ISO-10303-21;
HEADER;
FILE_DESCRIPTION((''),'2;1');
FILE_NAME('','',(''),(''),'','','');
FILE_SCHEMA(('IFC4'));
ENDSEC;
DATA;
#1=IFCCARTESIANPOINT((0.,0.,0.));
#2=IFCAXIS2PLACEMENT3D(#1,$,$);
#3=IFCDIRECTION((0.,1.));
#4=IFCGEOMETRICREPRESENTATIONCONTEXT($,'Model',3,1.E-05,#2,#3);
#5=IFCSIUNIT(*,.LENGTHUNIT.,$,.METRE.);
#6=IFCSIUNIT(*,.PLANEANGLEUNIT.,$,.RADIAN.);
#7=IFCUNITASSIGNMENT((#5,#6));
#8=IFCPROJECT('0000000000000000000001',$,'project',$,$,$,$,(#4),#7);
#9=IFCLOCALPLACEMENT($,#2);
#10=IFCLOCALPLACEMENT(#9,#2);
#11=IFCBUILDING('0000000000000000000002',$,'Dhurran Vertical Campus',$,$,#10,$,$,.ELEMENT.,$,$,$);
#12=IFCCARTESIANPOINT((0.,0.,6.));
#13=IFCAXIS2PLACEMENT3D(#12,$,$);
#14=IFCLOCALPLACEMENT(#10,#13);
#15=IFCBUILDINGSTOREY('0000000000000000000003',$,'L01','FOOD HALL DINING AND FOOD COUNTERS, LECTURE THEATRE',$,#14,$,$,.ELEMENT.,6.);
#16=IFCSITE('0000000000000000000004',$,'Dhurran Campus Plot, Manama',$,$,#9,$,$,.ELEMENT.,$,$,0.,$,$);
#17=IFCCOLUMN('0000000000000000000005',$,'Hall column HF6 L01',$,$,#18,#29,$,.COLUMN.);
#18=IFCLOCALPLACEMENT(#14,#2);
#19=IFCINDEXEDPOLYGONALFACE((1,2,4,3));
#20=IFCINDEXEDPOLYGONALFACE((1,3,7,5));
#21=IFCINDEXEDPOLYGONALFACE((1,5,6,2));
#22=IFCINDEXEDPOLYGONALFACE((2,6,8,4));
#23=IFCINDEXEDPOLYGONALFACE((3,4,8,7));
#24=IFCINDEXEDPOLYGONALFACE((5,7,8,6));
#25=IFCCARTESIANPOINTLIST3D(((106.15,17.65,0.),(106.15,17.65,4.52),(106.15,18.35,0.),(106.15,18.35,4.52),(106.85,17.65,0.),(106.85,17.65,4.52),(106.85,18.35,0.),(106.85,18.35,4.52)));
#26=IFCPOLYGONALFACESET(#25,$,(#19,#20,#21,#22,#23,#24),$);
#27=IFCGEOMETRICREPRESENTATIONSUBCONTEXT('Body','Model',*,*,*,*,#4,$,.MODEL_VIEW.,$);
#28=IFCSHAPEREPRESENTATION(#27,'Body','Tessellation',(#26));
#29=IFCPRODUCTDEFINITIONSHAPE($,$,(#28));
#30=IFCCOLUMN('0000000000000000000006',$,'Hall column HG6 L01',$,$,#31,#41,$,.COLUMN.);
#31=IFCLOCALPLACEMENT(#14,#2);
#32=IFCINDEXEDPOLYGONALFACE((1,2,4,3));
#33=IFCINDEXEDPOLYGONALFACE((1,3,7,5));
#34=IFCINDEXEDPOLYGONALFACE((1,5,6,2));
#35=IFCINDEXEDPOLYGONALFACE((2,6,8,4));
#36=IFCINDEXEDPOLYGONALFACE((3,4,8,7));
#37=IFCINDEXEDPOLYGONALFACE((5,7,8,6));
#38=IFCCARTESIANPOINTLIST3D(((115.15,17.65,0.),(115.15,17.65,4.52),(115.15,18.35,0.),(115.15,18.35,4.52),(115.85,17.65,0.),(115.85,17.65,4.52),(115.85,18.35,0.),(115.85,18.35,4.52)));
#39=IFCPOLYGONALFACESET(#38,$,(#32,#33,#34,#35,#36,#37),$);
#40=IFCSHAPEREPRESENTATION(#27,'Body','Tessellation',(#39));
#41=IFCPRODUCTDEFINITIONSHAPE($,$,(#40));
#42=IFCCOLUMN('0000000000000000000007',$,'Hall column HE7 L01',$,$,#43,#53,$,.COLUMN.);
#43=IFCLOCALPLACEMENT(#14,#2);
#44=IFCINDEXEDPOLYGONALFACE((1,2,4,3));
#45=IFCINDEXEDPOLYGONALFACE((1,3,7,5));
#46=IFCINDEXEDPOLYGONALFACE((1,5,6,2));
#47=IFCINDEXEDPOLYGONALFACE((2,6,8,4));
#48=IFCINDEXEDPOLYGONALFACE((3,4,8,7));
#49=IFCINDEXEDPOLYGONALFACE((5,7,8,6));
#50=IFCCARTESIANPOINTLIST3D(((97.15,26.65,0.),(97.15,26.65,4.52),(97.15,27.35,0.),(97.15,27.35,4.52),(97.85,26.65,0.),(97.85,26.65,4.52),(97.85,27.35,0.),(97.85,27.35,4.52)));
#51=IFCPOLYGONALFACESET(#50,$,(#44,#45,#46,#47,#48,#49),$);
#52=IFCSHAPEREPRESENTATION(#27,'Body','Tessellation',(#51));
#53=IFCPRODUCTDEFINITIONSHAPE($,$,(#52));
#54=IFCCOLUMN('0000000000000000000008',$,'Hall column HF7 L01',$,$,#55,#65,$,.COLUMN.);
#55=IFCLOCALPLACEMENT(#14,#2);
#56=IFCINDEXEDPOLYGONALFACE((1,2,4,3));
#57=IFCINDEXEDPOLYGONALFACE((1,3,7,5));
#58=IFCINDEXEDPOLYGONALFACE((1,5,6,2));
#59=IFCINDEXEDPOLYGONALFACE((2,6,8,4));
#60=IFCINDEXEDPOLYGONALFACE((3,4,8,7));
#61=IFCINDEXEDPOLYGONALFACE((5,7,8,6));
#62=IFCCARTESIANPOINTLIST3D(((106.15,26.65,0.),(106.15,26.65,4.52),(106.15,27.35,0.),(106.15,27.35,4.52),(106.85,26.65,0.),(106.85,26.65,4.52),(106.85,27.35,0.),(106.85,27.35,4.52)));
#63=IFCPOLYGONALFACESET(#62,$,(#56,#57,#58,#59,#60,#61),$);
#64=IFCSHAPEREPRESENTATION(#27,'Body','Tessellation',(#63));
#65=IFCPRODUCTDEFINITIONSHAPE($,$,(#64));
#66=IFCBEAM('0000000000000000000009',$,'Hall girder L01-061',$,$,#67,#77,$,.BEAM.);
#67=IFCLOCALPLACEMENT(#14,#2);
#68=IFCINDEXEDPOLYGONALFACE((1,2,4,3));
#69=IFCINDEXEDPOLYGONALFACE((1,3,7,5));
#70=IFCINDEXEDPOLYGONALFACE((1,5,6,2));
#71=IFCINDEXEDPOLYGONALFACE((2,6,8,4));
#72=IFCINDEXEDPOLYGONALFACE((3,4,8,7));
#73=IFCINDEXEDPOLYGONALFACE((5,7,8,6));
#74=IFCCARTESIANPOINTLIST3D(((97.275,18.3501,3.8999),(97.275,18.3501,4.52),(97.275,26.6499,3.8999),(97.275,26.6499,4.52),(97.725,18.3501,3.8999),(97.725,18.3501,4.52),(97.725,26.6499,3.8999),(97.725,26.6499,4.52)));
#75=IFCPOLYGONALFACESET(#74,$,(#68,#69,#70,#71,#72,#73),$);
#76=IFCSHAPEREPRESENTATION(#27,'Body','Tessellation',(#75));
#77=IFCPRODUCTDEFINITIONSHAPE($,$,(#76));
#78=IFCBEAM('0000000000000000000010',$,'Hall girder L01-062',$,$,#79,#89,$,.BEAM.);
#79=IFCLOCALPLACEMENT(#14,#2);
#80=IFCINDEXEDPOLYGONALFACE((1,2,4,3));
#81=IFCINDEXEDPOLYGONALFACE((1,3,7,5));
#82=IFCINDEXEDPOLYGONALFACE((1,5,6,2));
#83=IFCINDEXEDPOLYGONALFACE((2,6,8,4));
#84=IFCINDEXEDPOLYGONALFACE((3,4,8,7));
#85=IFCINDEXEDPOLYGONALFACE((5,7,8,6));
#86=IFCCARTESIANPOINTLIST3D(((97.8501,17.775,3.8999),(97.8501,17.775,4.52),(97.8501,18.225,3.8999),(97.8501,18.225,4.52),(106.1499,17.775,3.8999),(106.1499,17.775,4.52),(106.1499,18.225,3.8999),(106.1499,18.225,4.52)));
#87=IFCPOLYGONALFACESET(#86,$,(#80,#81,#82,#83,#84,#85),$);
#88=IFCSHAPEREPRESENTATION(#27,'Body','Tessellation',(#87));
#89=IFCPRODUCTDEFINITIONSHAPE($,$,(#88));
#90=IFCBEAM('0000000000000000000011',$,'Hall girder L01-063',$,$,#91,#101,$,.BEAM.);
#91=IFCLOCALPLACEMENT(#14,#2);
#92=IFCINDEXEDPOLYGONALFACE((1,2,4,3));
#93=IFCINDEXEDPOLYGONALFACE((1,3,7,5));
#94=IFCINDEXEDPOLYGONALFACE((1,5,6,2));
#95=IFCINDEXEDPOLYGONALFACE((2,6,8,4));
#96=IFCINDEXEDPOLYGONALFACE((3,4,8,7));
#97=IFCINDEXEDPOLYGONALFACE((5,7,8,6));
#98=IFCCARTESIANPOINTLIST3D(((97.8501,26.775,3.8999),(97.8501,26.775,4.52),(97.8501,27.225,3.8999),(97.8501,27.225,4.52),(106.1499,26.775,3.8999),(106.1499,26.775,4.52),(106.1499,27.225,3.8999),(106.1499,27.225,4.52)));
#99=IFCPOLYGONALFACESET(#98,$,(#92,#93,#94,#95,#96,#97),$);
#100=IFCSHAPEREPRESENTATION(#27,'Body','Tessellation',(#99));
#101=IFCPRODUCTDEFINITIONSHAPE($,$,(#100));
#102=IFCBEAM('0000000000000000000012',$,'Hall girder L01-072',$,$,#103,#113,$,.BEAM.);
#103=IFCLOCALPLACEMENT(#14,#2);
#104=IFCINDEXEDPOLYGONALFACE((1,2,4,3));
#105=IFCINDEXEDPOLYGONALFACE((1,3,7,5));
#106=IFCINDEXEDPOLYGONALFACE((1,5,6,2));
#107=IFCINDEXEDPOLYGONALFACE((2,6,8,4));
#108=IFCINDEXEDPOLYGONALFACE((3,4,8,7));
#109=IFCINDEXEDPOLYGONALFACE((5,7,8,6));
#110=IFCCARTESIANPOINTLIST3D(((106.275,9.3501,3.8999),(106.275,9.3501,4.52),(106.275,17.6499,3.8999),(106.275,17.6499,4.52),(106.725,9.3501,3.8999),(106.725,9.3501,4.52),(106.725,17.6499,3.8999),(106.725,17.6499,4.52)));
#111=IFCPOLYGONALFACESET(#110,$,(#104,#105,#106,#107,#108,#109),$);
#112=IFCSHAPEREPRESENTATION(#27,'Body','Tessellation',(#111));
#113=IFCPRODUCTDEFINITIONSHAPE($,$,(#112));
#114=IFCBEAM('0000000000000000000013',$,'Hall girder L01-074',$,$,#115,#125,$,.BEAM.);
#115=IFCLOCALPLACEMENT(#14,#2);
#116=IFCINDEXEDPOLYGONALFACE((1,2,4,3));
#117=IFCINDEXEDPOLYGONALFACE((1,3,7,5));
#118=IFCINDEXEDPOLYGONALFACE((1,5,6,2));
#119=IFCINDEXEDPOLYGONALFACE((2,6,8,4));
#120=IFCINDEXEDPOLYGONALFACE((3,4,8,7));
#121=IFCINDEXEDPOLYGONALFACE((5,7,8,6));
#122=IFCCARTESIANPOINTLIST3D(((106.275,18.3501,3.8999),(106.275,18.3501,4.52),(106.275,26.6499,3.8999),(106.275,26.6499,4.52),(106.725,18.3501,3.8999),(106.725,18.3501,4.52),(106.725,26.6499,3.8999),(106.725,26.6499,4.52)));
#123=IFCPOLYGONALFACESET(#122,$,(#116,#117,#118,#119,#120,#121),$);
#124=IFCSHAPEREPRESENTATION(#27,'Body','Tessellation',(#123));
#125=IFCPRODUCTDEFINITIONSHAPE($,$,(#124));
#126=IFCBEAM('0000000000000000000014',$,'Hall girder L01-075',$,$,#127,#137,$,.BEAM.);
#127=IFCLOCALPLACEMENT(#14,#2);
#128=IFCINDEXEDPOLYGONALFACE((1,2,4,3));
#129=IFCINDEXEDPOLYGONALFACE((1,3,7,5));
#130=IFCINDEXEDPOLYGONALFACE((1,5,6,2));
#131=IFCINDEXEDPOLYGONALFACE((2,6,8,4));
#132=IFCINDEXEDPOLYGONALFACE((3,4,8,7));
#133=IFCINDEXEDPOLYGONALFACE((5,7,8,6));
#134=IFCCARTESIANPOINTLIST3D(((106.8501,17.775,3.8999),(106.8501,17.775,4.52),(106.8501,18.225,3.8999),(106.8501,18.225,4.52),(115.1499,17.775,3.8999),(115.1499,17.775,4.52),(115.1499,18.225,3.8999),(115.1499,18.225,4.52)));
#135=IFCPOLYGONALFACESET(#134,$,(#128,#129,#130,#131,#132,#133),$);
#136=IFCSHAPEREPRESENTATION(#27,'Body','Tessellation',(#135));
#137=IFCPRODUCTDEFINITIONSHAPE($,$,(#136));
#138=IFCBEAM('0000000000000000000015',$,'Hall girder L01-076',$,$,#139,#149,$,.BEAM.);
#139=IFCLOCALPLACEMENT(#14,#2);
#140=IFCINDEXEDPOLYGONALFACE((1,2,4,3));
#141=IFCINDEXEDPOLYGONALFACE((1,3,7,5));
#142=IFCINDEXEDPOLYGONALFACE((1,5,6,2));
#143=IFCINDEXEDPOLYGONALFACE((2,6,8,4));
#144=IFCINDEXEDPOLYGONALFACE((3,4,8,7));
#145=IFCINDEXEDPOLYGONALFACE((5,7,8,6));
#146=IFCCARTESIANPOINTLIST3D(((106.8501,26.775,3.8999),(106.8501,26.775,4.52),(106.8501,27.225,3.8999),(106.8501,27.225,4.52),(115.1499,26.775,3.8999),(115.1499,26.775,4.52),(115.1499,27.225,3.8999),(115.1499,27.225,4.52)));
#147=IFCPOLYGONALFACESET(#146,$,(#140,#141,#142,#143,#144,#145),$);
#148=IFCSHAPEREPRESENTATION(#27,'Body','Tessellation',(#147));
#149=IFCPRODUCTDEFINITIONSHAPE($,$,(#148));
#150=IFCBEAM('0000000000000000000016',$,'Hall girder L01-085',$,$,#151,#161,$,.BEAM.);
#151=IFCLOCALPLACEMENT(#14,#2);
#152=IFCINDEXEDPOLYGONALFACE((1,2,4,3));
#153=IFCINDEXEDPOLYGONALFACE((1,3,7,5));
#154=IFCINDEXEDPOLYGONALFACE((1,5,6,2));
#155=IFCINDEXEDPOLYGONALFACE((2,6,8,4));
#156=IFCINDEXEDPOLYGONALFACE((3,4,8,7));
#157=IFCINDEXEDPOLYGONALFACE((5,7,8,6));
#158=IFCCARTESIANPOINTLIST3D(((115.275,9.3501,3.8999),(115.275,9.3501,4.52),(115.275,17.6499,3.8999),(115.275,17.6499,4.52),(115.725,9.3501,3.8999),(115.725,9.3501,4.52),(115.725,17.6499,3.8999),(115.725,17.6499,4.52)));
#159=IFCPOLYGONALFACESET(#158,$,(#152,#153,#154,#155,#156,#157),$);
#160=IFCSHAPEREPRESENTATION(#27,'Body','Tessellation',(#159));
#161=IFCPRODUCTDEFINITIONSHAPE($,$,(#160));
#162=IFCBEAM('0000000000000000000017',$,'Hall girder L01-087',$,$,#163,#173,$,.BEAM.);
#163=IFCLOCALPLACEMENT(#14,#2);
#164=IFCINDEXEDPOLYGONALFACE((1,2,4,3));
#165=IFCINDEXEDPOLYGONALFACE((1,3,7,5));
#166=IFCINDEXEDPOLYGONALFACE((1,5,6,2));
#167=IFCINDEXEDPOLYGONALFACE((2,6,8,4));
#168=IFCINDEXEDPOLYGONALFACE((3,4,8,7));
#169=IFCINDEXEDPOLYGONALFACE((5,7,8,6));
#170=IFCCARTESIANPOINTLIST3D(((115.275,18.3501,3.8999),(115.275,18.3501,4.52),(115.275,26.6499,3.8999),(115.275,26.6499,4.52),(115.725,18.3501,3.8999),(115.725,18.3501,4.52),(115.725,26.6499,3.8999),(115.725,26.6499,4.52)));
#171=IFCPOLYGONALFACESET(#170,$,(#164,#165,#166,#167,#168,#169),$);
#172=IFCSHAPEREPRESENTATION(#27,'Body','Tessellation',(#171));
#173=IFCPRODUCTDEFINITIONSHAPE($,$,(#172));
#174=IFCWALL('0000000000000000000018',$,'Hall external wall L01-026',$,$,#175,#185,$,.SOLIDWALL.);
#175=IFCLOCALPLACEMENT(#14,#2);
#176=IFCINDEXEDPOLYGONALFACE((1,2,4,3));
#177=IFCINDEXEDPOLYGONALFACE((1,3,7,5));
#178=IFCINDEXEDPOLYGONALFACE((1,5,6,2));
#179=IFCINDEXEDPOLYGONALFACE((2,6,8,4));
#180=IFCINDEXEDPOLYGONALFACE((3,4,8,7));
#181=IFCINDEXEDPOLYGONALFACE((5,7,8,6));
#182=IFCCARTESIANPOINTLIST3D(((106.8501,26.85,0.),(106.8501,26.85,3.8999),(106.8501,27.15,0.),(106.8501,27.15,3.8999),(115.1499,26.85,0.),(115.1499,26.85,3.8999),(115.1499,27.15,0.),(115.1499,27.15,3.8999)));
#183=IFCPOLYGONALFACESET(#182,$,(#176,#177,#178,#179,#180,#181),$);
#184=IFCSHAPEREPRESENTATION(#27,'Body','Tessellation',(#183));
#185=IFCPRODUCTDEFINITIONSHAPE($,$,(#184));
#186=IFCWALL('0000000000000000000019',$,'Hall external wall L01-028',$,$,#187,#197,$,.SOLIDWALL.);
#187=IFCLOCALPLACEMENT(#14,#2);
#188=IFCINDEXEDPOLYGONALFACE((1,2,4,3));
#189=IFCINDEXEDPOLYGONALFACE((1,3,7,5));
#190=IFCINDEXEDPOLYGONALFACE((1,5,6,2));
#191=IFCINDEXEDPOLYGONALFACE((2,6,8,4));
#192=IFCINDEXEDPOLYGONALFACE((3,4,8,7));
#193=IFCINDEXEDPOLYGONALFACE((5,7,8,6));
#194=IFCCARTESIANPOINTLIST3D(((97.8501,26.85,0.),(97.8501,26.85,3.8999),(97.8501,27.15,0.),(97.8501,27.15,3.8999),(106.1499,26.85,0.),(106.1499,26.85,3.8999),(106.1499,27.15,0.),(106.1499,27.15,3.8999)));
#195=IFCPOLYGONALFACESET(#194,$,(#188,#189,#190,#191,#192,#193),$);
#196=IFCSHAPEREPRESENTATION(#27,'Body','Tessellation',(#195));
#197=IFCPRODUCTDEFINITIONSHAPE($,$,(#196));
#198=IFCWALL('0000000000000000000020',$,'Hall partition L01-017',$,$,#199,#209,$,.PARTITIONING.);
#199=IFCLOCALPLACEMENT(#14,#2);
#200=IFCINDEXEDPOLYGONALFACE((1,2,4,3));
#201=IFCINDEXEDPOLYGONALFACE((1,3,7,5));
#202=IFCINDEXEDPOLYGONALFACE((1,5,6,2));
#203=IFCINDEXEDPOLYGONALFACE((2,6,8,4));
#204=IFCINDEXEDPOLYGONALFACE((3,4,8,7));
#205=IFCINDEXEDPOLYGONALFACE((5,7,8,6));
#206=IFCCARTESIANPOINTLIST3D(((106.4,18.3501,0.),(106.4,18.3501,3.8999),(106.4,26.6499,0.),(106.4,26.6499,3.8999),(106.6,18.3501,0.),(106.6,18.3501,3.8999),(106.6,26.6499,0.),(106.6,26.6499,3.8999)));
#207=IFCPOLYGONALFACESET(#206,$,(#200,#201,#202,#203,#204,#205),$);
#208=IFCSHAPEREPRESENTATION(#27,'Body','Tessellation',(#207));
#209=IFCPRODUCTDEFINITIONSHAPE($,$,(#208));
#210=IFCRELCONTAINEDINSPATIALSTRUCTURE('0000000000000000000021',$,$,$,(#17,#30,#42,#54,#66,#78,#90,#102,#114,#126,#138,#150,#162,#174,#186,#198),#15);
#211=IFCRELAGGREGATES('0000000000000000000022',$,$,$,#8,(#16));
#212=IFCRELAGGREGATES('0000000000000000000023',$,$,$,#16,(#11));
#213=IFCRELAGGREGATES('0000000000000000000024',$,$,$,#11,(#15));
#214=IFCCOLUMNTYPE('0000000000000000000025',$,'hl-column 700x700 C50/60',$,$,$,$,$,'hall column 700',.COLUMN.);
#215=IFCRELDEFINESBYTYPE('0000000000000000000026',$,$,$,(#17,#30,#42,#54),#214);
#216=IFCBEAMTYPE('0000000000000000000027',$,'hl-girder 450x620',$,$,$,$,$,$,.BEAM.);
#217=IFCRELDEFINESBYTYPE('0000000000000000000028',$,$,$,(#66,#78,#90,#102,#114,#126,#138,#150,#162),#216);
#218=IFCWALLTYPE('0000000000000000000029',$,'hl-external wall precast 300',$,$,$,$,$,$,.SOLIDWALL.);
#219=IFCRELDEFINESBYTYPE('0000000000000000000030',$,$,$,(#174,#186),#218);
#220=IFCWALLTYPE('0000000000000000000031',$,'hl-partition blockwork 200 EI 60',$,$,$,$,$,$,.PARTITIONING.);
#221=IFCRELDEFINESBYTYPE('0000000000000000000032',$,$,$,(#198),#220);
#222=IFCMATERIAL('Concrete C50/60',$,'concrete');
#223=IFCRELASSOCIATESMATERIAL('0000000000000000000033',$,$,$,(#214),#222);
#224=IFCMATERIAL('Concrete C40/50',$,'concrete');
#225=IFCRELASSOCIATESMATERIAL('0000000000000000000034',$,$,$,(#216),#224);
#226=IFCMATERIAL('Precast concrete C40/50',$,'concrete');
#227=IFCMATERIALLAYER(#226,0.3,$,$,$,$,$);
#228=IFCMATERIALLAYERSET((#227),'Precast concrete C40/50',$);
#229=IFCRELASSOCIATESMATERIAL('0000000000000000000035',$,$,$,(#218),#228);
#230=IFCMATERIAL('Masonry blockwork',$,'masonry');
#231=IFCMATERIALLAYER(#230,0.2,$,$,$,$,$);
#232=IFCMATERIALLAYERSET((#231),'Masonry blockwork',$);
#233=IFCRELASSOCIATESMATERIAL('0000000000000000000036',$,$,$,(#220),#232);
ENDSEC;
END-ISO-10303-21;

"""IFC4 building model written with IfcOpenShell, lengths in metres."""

from ifc_helpers import new_model, si_unit, direction, frame, frame_2d, origin, origin_2d, place, context, subcontext, project, spatial, rectangle, extrude, material, layer, layer_set, material_profile, profile_set, type_object, element, save


model = new_model("IFC4")

# Units and contexts
model_context = context("Model", 3, precision=1e-05, world=origin(), true_north=direction((0.0, 1.0)))
body_context = subcontext(model_context, "Body", "Model", "MODEL_VIEW")
ifc_project = project(units=[si_unit("LENGTHUNIT", "METRE"), si_unit("PLANEANGLEUNIT", "RADIAN")], contexts=[model_context])

# Site, building, storey
site_placement = place(None, origin())
site = spatial("IfcSite", under=ifc_project, at=site_placement, Name="Dhurran Campus Plot, Manama", CompositionType="ELEMENT", RefElevation=0.0)
building_placement = place(site_placement, origin())
building = spatial("IfcBuilding", under=site, at=building_placement, Name="Dhurran Vertical Campus", CompositionType="ELEMENT")
storey_placement = place(building_placement, frame((0.0, 0.0, 6.0)))
storey = spatial("IfcBuildingStorey", under=building, at=storey_placement, Name="L01", Description="FOOD HALL DINING AND FOOD COUNTERS, LECTURE THEATRE", CompositionType="ELEMENT", Elevation=6.0)

# Columns
ifc_material_1 = material(Name="Concrete C50/60", Category="concrete")
ifc_material_profile_1 = material_profile(ifc_material_1, rectangle(XDim=0.7, YDim=0.7, at=origin_2d()), Name="hl-column 700x700 C50/60")
ifc_profile_set_1 = profile_set([ifc_material_profile_1], Name="Concrete C50/60")
column_type = type_object("IfcColumnType", Name="hl-column 700x700 C50/60", ElementType="hall column 700", PredefinedType="COLUMN", material=ifc_profile_set_1)
for number, where, z_axis, x_axis, name in (
    (1, (106.5, 18.0, 0.0), (0.0, 0.0, 1.0), (1.0, 0.0, 0.0), "Hall column HF6 L01"),
    (2, (115.5, 18.0, 0.0), (0.0, 0.0, 1.0), (1.0, 0.0, 0.0), "Hall column HG6 L01"),
    (3, (97.5, 27.0, 0.0), (0.0, 0.0, 1.0), (1.0, 0.0, 0.0), "Hall column HE7 L01"),
    (4, (106.5, 27.0, 0.0), (0.0, 0.0, 1.0), (1.0, 0.0, 0.0), "Hall column HF7 L01"),
):
    element("IfcColumn", number, at=place(storey_placement, frame(where, z_axis=z_axis, x_axis=x_axis)), inside=storey, type_object=column_type, Name=name, PredefinedType="COLUMN", context=body_context, shape_type="SweptSolid", body=[
        extrude(rectangle(XDim=0.7, YDim=0.7, at=origin_2d()), origin(), (0.0, 0.0, 1.0), 4.52),
    ])

# Beams
ifc_material_2 = material(Name="Concrete C40/50", Category="concrete")
ifc_material_profile_2 = material_profile(ifc_material_2, rectangle(XDim=0.45, YDim=0.6201, at=origin_2d()), Name="hl-girder 450x620")
ifc_profile_set_2 = profile_set([ifc_material_profile_2], Name="Concrete C40/50")
beam_type = type_object("IfcBeamType", Name="hl-girder 450x620", PredefinedType="BEAM", material=ifc_profile_set_2)
for number, where, z_axis, x_axis, name in (
    (5, (97.5, 18.3501, 4.21), (0.0, 1.0, 0.0), (-1.0, 0.0, 0.0), "Hall girder L01-061"),
    (6, (97.8501, 18.0, 4.21), (1.0, 0.0, 0.0), (0.0, 1.0, 0.0), "Hall girder L01-062"),
    (7, (97.8501, 27.0, 4.21), (1.0, 0.0, 0.0), (0.0, 1.0, 0.0), "Hall girder L01-063"),
    (8, (106.5, 9.3501, 4.21), (0.0, 1.0, 0.0), (-1.0, 0.0, 0.0), "Hall girder L01-072"),
    (9, (106.5, 18.3501, 4.21), (0.0, 1.0, 0.0), (-1.0, 0.0, 0.0), "Hall girder L01-074"),
    (10, (106.8501, 18.0, 4.21), (1.0, 0.0, 0.0), (0.0, 1.0, 0.0), "Hall girder L01-075"),
    (11, (106.8501, 27.0, 4.21), (1.0, 0.0, 0.0), (0.0, 1.0, 0.0), "Hall girder L01-076"),
    (12, (115.5, 9.3501, 4.21), (0.0, 1.0, 0.0), (-1.0, 0.0, 0.0), "Hall girder L01-085"),
    (13, (115.5, 18.3501, 4.21), (0.0, 1.0, 0.0), (-1.0, 0.0, 0.0), "Hall girder L01-087"),
):
    element("IfcBeam", number, at=place(storey_placement, frame(where, z_axis=z_axis, x_axis=x_axis)), inside=storey, type_object=beam_type, Name=name, PredefinedType="BEAM", context=body_context, shape_type="SweptSolid", body=[
        extrude(rectangle(XDim=0.45, YDim=0.6201, at=origin_2d()), origin(), (0.0, 0.0, 1.0), 8.2998),
    ])

# Walls
ifc_material_3 = material(Name="Precast concrete C40/50", Category="concrete")
ifc_layer_1 = layer(ifc_material_3, 0.3)
ifc_layer_set_1 = layer_set([ifc_layer_1], Name="Precast concrete C40/50")
wall_type_1 = type_object("IfcWallType", Name="hl-external wall precast 300", PredefinedType="SOLIDWALL", material=ifc_layer_set_1)
for number, where, z_axis, x_axis, name in (
    (14, (115.1499, 27.0, 0.0), (0.0, 0.0, 1.0), (-1.0, 0.0, 0.0), "Hall external wall L01-026"),
    (15, (106.1499, 27.0, 0.0), (0.0, 0.0, 1.0), (-1.0, 0.0, 0.0), "Hall external wall L01-028"),
):
    element("IfcWall", number, at=place(storey_placement, frame(where, z_axis=z_axis, x_axis=x_axis)), inside=storey, type_object=wall_type_1, Name=name, PredefinedType="SOLIDWALL", context=body_context, shape_type="SweptSolid", body=[
        extrude(rectangle(XDim=8.2998, YDim=0.3, at=frame_2d((4.1499, 0.0))), origin(), (0.0, 0.0, 1.0), 3.8999),
    ])
ifc_material_4 = material(Name="Masonry blockwork", Category="masonry")
ifc_layer_2 = layer(ifc_material_4, 0.2)
ifc_layer_set_2 = layer_set([ifc_layer_2], Name="Masonry blockwork")
wall_type_2 = type_object("IfcWallType", Name="hl-partition blockwork 200 EI 60", PredefinedType="PARTITIONING", material=ifc_layer_set_2)
wall_1_placement = place(storey_placement, frame((106.5, 18.3501, 0.0), z_axis=(0.0, 0.0, 1.0), x_axis=(0.0, 1.0, 0.0)))
element("IfcWall", 16, at=wall_1_placement, inside=storey, type_object=wall_type_2, Name="Hall partition L01-017", PredefinedType="PARTITIONING", context=body_context, shape_type="SweptSolid", body=[
    extrude(rectangle(XDim=8.2998, YDim=0.2, at=frame_2d((4.1499, 0.0))), origin(), (0.0, 0.0, 1.0), 3.8999),
])

save(model, "model.ifc")
